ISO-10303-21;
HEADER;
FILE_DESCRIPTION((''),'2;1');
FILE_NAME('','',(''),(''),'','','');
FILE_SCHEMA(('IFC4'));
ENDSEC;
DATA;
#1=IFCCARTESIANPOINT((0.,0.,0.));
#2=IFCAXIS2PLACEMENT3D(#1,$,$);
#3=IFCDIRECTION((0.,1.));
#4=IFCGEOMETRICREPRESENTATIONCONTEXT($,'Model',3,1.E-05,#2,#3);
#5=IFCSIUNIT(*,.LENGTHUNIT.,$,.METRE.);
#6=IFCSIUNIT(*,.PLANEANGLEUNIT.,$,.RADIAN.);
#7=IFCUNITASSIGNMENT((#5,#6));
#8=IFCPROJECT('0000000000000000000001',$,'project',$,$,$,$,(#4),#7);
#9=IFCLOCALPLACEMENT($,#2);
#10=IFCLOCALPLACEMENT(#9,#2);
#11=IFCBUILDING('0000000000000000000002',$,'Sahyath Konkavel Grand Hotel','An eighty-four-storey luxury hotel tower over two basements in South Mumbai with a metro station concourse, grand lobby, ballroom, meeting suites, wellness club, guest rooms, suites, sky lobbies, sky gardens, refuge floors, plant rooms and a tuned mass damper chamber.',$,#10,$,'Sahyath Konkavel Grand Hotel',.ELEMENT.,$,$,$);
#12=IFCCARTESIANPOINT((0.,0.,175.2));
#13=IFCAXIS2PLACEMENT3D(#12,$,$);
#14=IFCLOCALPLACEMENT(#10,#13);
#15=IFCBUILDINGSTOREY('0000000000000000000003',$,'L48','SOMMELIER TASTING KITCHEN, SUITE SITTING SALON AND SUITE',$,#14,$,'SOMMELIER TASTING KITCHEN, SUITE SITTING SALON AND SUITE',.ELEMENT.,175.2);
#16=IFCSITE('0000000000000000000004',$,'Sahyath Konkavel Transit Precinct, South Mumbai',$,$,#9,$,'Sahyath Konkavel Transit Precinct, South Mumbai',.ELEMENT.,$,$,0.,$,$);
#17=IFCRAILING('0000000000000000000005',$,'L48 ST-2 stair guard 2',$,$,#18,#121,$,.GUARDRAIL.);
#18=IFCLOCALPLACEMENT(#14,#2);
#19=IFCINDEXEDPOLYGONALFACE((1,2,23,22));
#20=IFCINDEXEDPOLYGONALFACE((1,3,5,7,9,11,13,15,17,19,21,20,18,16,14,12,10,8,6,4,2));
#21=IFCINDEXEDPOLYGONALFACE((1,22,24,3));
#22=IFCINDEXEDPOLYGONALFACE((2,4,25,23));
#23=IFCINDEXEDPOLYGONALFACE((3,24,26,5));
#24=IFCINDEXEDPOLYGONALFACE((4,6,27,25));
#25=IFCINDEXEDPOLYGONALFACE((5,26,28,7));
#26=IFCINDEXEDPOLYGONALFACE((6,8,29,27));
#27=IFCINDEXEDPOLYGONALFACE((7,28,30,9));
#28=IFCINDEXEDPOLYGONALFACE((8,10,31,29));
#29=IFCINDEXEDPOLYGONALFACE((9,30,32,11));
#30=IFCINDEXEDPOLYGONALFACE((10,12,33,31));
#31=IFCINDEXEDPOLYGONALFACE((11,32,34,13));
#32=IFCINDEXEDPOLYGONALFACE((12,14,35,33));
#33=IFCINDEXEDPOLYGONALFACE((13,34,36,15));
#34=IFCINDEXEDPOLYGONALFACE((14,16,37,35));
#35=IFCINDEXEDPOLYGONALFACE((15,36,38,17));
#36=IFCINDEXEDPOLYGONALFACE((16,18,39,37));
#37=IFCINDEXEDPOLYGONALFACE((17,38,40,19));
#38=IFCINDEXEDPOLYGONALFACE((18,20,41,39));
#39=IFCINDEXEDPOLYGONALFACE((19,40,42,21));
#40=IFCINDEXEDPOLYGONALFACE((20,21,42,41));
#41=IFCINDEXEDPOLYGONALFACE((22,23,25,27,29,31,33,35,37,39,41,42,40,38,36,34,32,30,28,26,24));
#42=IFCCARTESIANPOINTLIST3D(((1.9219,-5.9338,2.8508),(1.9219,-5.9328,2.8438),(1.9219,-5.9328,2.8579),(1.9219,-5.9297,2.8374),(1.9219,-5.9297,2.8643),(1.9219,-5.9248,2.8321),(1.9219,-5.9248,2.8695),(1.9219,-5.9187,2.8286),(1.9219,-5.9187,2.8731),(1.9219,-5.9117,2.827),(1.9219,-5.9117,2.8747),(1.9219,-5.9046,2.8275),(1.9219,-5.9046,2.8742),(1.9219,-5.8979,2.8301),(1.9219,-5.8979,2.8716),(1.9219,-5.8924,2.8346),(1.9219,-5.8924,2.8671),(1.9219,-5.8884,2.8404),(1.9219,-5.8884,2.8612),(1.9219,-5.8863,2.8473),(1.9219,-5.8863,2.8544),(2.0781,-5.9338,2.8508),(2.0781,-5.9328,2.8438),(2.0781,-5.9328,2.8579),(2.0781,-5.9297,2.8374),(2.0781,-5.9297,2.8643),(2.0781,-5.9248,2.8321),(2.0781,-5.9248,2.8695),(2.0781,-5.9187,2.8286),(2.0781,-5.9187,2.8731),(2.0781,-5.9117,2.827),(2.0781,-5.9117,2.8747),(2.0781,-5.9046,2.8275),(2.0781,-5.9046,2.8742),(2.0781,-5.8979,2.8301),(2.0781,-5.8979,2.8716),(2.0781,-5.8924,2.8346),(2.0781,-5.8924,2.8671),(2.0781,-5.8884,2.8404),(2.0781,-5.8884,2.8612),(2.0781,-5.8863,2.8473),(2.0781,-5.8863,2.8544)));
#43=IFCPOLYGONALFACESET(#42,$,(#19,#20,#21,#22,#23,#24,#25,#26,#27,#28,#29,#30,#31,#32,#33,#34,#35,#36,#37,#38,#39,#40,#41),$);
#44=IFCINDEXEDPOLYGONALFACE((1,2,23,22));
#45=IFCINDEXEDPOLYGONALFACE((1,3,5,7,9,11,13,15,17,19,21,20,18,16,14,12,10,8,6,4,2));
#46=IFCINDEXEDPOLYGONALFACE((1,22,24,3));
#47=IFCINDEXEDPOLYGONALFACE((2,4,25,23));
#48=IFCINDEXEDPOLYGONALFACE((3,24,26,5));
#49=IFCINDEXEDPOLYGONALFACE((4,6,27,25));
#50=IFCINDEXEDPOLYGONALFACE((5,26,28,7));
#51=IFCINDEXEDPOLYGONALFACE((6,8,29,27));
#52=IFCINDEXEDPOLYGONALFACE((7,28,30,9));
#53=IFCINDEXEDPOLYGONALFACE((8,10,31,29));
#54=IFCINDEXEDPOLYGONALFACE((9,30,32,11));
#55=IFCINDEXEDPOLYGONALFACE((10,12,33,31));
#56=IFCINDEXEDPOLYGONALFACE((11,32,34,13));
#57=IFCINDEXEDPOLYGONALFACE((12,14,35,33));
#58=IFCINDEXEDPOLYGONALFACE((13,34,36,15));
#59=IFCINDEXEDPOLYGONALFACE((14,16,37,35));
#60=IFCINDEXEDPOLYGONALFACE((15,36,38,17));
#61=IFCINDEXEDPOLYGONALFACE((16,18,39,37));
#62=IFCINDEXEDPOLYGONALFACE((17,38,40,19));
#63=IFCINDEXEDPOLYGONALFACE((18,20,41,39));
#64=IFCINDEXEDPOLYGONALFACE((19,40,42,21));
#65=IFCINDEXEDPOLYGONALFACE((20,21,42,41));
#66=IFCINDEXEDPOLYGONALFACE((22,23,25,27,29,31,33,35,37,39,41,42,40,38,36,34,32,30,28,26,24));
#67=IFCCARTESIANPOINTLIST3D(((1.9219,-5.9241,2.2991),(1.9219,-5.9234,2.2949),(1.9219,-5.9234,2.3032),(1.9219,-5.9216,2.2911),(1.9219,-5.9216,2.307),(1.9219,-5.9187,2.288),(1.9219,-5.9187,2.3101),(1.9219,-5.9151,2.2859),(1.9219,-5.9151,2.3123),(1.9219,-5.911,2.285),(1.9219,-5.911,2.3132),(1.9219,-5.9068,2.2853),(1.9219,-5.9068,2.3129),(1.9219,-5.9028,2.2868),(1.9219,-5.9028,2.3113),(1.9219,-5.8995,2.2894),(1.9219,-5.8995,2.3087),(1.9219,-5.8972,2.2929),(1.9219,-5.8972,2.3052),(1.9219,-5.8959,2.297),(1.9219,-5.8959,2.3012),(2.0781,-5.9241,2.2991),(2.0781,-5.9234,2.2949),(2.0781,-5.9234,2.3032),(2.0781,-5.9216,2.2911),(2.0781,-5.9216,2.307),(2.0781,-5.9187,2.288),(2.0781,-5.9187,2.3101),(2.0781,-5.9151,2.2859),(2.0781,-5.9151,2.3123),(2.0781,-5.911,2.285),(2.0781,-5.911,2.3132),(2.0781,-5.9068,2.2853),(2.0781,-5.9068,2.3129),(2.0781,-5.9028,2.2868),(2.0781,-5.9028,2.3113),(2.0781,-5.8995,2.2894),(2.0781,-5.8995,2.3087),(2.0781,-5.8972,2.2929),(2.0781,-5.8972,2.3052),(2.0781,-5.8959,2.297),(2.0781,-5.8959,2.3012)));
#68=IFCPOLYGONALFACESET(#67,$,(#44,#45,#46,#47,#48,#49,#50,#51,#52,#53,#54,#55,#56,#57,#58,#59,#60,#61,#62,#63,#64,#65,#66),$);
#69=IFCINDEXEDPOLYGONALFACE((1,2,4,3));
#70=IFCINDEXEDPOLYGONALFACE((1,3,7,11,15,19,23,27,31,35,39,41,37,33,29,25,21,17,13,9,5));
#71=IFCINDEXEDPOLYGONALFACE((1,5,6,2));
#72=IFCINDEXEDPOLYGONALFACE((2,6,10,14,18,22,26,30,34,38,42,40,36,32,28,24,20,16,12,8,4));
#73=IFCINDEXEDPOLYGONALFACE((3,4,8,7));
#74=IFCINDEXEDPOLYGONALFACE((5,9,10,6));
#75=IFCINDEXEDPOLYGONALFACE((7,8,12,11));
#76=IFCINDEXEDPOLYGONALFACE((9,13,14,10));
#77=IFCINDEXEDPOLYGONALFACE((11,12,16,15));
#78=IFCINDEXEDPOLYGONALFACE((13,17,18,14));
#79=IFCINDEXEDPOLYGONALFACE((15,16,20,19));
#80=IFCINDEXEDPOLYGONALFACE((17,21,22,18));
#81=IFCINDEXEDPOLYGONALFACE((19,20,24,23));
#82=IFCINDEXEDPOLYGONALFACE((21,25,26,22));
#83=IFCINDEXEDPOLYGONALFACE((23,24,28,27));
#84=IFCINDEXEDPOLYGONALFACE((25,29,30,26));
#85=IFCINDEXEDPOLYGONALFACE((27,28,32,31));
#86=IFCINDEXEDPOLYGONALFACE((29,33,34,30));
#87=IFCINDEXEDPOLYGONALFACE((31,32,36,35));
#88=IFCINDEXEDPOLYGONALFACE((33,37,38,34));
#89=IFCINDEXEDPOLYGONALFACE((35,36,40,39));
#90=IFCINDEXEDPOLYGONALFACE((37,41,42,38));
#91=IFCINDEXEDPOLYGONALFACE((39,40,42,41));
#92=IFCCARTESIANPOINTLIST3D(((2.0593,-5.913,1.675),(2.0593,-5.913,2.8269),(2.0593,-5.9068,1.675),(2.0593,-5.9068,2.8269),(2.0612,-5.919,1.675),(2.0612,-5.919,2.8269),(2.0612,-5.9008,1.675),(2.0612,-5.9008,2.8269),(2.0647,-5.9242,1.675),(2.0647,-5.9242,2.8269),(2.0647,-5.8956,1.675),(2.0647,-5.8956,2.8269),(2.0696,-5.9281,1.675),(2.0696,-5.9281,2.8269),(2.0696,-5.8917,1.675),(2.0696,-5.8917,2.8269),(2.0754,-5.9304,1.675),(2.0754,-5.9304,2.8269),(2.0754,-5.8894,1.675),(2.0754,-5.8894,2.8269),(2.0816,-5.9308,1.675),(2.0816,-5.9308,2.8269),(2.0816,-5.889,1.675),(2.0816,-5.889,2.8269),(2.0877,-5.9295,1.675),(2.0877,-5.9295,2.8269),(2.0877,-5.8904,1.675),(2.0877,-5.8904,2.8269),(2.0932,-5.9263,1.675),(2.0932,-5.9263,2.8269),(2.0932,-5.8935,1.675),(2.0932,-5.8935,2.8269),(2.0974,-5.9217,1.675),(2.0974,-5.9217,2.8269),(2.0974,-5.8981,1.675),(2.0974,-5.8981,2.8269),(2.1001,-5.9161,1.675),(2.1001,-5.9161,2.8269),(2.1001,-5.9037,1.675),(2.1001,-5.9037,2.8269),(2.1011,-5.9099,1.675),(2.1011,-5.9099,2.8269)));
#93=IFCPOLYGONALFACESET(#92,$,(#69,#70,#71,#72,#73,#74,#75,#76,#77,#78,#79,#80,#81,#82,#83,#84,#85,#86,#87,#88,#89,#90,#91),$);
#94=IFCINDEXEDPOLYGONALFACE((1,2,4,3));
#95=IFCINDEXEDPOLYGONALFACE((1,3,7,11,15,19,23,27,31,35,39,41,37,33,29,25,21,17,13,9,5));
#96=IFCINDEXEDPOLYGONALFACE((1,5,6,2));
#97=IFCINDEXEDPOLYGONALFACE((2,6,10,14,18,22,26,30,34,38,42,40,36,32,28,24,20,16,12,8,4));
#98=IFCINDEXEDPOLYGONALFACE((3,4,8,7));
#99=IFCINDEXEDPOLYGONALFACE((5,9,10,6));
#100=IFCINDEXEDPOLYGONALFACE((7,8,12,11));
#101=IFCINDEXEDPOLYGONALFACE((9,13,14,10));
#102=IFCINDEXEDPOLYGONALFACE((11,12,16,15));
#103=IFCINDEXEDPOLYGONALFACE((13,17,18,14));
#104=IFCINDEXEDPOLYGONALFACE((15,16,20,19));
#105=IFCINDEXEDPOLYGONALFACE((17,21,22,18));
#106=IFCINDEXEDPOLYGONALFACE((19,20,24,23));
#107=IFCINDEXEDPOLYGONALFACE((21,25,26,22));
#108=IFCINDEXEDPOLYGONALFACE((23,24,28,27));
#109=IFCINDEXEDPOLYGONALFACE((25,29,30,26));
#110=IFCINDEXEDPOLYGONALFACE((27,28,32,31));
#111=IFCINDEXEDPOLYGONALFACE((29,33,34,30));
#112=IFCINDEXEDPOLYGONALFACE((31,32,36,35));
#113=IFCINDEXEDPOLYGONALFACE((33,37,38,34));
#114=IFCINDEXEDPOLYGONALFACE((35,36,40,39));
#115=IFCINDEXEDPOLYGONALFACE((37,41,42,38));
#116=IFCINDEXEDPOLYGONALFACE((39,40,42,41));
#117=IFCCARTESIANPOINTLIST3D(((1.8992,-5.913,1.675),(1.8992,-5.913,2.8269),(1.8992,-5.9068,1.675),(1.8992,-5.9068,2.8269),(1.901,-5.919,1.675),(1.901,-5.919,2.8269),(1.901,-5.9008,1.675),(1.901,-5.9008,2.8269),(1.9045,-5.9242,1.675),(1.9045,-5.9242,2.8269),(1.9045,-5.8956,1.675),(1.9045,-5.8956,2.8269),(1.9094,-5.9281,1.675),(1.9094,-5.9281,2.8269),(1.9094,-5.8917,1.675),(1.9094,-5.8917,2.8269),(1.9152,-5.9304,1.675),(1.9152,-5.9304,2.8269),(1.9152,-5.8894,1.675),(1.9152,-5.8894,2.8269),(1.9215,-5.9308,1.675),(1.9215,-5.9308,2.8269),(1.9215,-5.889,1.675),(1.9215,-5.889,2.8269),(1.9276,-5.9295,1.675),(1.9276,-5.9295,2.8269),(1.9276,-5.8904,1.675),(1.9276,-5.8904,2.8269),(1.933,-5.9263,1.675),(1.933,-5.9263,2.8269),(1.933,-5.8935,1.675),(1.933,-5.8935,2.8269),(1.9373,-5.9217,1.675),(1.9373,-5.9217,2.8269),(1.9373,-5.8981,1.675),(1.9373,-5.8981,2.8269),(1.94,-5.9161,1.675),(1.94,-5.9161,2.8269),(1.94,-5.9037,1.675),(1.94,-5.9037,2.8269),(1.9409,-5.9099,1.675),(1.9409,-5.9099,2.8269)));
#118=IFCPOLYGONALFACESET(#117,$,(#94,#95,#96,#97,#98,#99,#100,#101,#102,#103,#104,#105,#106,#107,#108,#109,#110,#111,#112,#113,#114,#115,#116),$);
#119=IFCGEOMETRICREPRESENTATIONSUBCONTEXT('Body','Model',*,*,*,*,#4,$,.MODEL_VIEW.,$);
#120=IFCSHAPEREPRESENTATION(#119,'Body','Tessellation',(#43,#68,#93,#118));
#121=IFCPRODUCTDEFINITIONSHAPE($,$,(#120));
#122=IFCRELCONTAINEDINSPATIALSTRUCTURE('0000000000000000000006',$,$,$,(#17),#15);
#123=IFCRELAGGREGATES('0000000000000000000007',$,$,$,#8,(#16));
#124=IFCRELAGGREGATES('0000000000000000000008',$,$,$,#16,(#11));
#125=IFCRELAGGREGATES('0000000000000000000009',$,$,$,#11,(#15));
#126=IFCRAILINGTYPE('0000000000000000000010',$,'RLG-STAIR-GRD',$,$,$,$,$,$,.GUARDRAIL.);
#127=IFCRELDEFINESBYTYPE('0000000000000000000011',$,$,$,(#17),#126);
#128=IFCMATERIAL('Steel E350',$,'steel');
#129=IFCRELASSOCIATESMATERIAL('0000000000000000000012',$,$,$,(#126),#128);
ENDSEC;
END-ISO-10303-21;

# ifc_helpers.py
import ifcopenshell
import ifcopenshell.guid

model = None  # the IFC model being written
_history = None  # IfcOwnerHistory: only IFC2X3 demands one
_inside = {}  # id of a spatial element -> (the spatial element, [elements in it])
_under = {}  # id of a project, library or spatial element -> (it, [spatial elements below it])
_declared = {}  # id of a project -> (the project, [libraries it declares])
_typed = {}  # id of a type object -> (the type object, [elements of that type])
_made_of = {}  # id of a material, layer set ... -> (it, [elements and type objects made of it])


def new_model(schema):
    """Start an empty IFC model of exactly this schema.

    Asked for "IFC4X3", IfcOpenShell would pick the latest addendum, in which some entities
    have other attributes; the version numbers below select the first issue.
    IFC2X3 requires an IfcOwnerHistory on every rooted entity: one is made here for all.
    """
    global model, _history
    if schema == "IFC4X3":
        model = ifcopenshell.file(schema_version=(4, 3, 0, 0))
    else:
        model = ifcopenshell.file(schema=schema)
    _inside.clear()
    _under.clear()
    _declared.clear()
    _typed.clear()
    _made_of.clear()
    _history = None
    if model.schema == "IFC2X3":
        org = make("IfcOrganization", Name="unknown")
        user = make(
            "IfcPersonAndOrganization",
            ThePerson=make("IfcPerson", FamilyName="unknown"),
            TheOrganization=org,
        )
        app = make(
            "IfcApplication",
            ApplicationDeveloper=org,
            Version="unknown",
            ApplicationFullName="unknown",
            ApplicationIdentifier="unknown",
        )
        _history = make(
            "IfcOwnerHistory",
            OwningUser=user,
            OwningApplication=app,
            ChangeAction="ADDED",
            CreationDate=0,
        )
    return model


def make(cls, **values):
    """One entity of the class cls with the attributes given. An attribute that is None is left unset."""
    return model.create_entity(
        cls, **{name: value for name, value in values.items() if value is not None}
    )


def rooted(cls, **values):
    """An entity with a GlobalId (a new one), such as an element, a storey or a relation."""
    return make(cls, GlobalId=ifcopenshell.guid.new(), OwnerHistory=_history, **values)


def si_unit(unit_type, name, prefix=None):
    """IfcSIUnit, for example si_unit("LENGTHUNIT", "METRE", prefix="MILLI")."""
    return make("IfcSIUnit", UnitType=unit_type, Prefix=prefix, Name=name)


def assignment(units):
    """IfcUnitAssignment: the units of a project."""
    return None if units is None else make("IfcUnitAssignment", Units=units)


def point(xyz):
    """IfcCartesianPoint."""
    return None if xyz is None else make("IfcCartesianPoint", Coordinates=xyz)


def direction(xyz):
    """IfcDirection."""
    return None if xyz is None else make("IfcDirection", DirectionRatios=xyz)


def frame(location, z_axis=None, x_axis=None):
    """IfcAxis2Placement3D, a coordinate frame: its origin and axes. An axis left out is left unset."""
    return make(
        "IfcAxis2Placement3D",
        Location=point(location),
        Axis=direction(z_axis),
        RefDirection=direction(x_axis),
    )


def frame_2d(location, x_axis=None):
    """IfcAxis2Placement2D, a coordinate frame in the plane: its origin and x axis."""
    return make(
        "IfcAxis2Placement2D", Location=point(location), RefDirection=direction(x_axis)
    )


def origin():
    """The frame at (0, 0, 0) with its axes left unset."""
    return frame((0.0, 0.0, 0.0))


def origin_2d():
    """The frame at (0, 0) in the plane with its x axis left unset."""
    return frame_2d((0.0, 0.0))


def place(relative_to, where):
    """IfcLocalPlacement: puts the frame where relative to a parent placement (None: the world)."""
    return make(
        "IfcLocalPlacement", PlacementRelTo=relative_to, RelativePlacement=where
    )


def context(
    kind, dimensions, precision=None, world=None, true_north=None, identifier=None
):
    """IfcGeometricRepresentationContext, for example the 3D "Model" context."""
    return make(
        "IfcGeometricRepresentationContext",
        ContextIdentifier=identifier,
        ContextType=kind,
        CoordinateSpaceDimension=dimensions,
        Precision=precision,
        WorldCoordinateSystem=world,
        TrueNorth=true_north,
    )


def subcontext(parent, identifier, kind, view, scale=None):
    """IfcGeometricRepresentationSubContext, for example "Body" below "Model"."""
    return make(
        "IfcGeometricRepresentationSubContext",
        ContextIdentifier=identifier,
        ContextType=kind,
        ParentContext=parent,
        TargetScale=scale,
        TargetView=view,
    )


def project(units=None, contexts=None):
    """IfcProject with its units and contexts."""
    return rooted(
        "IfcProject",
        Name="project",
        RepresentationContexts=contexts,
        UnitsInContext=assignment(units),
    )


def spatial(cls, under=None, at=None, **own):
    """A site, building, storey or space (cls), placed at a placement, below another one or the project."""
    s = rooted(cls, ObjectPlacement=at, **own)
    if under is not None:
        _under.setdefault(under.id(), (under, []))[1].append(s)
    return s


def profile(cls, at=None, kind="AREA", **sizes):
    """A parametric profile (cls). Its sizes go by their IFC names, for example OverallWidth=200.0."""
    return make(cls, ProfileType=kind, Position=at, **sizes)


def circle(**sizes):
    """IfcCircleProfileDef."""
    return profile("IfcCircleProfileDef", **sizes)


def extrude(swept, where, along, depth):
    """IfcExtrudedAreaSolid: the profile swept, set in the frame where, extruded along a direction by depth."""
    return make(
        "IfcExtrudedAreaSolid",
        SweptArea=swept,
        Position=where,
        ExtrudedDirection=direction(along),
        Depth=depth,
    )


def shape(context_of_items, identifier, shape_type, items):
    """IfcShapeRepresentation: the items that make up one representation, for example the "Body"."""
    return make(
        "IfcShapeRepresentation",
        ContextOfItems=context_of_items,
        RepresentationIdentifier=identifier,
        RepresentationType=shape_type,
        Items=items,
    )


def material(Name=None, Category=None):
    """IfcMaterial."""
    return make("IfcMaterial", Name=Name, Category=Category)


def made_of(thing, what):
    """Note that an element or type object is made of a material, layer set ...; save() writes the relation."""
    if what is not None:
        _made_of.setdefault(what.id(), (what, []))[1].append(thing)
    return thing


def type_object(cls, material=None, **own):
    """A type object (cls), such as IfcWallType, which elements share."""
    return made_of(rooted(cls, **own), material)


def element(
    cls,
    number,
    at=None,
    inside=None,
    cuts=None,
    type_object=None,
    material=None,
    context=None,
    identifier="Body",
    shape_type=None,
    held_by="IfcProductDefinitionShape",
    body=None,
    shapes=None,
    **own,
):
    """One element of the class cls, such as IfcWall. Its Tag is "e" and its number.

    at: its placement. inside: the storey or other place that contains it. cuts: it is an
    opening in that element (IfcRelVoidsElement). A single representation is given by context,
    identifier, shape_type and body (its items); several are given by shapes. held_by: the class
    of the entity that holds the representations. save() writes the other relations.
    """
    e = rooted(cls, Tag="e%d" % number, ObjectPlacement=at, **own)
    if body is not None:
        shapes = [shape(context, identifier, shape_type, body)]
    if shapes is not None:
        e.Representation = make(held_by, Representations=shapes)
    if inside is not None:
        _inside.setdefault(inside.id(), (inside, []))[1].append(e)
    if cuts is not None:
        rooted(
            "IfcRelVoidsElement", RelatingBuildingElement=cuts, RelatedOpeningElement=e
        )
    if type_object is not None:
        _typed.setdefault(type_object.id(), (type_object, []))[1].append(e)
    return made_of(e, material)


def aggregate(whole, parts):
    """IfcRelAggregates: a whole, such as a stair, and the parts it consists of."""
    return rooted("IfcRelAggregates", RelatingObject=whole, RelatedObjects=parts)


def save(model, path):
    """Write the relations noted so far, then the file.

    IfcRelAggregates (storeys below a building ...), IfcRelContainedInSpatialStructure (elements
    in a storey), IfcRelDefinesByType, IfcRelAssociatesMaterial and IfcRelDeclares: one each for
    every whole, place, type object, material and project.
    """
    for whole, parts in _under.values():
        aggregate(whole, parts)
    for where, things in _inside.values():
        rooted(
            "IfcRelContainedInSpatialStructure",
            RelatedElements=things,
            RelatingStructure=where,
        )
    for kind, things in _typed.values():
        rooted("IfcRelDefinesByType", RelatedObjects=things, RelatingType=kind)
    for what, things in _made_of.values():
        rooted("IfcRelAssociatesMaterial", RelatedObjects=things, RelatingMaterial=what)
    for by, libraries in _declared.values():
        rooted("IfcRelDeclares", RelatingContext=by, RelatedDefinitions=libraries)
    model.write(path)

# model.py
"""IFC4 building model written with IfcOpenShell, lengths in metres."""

from ifc_helpers import new_model, si_unit, direction, frame, origin, origin_2d, place, context, subcontext, project, spatial, circle, extrude, material, type_object, element, save


model = new_model("IFC4")

# Units and contexts
model_context = context("Model", 3, precision=1e-05, world=origin(), true_north=direction((0.0, 1.0)))
body_context = subcontext(model_context, "Body", "Model", "MODEL_VIEW")
ifc_project = project(units=[si_unit("LENGTHUNIT", "METRE"), si_unit("PLANEANGLEUNIT", "RADIAN")], contexts=[model_context])

# Site, building, storey
site_placement = place(None, origin())
site = spatial("IfcSite", under=ifc_project, at=site_placement, Name="Sahyath Konkavel Transit Precinct, South Mumbai", LongName="Sahyath Konkavel Transit Precinct, South Mumbai", CompositionType="ELEMENT", RefElevation=0.0)
building_placement = place(site_placement, origin())
building = spatial("IfcBuilding", under=site, at=building_placement, Name="Sahyath Konkavel Grand Hotel", Description="An eighty-four-storey luxury hotel tower over two basements in South Mumbai with a metro station concourse, grand lobby, ballroom, meeting suites, wellness club, guest rooms, suites, sky lobbies, sky gardens, refuge floors, plant rooms and a tuned mass damper chamber.", LongName="Sahyath Konkavel Grand Hotel", CompositionType="ELEMENT")
storey_placement = place(building_placement, frame((0.0, 0.0, 175.2)))
storey = spatial("IfcBuildingStorey", under=building, at=storey_placement, Name="L48", Description="SOMMELIER TASTING KITCHEN, SUITE SITTING SALON AND SUITE", LongName="SOMMELIER TASTING KITCHEN, SUITE SITTING SALON AND SUITE", CompositionType="ELEMENT", Elevation=175.2)

# Shared definitions
ifc_material_1 = material(Name="Steel E350", Category="steel")

# Railing
railing_type_1 = type_object("IfcRailingType", Name="RLG-STAIR-GRD", PredefinedType="GUARDRAIL", material=ifc_material_1)
railing_1_placement = place(storey_placement, frame((2.0801, -5.9099, 1.675)))
element("IfcRailing", 1, at=railing_1_placement, inside=storey, type_object=railing_type_1, Name="L48 ST-2 stair guard 2", PredefinedType="GUARDRAIL", context=body_context, shape_type="SweptSolid", body=[
    extrude(circle(Radius=0.0239, at=origin_2d()), frame((-0.002, 0.0, 1.1758), z_axis=(-1.0, 0.0, 0.0), x_axis=(0.0, -1.0, 0.0)), (0.0, 0.0, 1.0), 0.1562),
    extrude(circle(Radius=0.0142, at=origin_2d()), frame((-0.002, 0.0, 0.624), z_axis=(-1.0, 0.0, 0.0), x_axis=(0.0, -1.0, 0.0)), (0.0, 0.0, 1.0), 0.1562),
    extrude(circle(Radius=0.021, at=origin_2d()), origin(), (0.0, 0.0, 1.0), 1.1519),
    extrude(circle(Radius=0.021, at=origin_2d()), frame((-0.1602, 0.0, 0.0)), (0.0, 0.0, 1.0), 1.1519),
])

save(model, "model.ifc")
